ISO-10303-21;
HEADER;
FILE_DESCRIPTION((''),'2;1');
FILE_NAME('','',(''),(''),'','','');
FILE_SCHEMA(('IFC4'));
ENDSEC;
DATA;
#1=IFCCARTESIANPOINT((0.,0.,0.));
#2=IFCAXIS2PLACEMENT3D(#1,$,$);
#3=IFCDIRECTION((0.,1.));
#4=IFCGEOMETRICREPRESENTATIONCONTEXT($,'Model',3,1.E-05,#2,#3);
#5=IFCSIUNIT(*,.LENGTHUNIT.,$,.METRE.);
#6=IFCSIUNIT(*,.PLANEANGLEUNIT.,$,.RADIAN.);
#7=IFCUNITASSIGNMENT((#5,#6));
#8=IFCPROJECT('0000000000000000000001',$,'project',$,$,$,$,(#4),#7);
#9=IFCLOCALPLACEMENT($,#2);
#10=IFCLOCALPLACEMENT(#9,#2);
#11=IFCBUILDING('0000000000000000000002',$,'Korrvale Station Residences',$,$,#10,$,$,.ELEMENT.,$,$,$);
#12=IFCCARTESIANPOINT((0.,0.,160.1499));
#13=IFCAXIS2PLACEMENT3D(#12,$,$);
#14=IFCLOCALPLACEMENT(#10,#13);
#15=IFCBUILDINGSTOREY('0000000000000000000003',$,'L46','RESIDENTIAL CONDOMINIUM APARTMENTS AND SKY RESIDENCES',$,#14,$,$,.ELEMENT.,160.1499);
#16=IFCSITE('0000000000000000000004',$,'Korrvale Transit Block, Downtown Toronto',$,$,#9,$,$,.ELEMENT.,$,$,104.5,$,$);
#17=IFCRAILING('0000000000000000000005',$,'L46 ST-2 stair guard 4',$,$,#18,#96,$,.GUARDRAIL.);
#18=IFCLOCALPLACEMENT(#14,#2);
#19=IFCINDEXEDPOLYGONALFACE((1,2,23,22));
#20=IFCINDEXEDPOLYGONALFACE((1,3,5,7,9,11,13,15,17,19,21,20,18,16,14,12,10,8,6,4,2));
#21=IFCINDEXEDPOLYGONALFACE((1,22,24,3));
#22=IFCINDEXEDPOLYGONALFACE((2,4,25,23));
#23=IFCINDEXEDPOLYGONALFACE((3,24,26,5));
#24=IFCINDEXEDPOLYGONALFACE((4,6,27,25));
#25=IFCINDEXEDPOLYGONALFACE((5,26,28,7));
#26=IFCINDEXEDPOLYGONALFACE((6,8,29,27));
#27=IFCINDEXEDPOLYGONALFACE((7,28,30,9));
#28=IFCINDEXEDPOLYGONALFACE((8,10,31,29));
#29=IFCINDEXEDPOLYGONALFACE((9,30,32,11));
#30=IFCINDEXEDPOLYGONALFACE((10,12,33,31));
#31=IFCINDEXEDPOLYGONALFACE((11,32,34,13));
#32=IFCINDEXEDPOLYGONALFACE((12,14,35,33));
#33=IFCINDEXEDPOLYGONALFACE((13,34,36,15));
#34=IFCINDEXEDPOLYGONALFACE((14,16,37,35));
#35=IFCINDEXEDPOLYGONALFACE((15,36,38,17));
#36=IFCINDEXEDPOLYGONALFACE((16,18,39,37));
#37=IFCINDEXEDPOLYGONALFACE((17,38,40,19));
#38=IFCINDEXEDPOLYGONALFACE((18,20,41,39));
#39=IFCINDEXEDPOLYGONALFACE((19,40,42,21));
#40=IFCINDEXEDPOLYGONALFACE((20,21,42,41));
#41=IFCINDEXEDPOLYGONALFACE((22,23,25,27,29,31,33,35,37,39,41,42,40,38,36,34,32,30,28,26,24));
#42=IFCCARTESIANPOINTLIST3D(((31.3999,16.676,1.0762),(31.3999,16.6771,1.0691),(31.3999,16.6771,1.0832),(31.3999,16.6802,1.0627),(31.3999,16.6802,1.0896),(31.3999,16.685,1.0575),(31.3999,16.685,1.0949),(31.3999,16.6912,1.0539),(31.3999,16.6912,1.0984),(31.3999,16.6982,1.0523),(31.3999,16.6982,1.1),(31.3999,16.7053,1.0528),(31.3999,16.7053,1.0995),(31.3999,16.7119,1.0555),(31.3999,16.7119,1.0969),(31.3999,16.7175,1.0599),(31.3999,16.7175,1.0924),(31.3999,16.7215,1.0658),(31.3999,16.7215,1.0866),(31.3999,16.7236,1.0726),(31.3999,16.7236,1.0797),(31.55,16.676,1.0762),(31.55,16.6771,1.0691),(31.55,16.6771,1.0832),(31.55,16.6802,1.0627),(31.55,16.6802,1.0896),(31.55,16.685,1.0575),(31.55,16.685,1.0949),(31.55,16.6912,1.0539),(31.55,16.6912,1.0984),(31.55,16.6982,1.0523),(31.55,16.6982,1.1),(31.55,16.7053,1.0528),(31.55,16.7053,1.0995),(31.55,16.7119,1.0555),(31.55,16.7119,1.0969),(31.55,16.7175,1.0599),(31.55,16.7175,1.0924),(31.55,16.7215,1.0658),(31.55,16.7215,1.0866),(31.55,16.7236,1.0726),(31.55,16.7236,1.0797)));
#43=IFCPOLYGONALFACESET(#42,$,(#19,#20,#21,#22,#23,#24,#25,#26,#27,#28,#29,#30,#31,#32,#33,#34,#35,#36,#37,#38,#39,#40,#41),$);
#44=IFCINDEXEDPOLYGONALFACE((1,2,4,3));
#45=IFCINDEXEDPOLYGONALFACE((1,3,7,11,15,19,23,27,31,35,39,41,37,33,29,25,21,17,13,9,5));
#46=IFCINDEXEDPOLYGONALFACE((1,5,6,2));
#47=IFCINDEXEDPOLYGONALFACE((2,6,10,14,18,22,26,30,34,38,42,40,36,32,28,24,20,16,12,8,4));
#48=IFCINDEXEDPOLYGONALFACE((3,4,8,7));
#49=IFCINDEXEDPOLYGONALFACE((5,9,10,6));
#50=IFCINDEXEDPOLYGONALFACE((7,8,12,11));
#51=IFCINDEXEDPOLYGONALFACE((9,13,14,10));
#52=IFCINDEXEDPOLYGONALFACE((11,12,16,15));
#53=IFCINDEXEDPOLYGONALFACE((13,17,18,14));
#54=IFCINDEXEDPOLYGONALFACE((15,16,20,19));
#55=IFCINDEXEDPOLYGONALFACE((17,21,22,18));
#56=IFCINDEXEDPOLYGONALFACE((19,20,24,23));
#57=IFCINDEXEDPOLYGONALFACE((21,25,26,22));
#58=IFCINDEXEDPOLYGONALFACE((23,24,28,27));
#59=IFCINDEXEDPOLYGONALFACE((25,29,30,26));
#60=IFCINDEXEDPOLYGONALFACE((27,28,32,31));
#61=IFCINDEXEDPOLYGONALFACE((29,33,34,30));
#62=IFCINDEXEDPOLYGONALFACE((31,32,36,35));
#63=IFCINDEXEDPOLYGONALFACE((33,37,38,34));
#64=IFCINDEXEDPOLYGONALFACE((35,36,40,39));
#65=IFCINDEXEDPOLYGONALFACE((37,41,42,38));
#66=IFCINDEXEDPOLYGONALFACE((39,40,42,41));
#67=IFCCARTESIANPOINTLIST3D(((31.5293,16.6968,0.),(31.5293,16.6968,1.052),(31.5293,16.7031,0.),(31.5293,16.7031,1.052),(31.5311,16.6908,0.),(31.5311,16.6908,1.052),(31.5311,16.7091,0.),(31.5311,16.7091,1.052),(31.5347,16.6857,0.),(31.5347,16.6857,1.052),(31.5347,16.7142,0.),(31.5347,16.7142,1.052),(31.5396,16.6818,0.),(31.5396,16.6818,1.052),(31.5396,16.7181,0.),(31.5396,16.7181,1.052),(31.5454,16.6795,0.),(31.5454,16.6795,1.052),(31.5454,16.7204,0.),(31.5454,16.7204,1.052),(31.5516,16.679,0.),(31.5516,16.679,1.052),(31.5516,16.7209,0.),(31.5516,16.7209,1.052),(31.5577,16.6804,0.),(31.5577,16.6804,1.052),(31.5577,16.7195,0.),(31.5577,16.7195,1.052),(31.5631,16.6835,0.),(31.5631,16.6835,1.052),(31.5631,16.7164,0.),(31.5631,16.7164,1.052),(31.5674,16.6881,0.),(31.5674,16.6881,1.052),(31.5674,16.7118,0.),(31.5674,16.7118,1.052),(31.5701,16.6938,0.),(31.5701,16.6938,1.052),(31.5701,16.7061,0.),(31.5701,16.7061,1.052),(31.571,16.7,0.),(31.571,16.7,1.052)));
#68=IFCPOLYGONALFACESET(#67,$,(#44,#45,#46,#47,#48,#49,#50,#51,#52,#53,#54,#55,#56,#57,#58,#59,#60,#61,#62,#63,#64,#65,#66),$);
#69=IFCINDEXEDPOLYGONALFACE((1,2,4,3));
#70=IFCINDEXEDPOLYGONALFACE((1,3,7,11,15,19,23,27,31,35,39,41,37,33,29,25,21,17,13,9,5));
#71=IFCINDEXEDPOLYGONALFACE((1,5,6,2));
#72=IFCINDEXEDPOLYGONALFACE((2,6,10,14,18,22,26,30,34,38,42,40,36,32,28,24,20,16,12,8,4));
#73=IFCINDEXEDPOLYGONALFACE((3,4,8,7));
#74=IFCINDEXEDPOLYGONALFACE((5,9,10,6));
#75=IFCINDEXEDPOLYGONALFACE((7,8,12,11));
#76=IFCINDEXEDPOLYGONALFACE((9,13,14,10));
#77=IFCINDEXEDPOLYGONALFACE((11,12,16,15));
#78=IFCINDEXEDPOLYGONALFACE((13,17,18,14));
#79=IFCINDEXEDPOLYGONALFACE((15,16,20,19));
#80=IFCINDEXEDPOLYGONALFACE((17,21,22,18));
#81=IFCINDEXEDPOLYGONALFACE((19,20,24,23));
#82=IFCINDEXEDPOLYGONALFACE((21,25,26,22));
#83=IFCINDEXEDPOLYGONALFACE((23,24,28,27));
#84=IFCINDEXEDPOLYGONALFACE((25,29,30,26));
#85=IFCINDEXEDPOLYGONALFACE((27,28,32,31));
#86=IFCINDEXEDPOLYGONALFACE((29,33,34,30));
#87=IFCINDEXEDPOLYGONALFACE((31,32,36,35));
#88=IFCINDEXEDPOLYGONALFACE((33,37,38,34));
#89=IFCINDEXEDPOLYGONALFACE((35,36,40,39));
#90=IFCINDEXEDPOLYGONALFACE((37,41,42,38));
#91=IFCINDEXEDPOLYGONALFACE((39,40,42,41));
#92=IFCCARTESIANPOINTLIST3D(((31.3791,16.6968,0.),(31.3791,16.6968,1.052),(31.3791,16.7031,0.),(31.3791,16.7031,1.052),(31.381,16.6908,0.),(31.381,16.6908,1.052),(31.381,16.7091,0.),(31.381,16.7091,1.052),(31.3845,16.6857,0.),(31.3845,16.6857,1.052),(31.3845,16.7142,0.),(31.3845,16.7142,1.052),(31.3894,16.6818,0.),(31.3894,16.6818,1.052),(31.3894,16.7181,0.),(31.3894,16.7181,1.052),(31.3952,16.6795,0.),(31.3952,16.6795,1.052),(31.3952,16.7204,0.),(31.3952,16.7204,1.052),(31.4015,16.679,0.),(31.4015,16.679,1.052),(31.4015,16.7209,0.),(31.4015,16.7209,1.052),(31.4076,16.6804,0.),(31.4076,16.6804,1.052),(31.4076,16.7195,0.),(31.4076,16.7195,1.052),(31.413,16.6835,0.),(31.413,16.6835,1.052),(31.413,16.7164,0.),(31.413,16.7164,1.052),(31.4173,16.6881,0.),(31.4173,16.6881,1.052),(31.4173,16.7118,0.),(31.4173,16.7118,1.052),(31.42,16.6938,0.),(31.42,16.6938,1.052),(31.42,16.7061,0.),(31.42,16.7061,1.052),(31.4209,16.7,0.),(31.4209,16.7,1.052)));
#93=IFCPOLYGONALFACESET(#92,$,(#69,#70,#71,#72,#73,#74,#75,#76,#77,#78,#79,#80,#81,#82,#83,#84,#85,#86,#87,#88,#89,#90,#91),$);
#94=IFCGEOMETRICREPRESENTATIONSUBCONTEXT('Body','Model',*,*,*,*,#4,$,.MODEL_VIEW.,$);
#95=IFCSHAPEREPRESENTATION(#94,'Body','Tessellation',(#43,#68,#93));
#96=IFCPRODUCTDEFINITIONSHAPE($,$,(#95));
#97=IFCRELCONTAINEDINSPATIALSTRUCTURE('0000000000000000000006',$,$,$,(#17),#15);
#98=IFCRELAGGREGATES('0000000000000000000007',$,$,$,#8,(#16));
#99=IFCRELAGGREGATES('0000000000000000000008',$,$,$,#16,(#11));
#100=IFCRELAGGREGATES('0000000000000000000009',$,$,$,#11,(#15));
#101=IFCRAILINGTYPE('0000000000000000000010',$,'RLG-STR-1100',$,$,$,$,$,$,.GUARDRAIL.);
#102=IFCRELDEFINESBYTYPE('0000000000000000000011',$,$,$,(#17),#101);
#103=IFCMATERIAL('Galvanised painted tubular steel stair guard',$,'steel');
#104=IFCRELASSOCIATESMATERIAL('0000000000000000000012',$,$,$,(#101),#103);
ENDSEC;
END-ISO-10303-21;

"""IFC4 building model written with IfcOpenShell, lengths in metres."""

from ifc_helpers import new_model, si_unit, direction, frame, origin, origin_2d, place, context, subcontext, project, spatial, circle, extrude, material, type_object, element, save


model = new_model("IFC4")

# Units and contexts
model_context = context("Model", 3, precision=1e-05, world=origin(), true_north=direction((0.0, 1.0)))
body_context = subcontext(model_context, "Body", "Model", "MODEL_VIEW")
ifc_project = project(units=[si_unit("LENGTHUNIT", "METRE"), si_unit("PLANEANGLEUNIT", "RADIAN")], contexts=[model_context])

# Site, building, storey
site_placement = place(None, origin())
site = spatial("IfcSite", under=ifc_project, at=site_placement, Name="Korrvale Transit Block, Downtown Toronto", CompositionType="ELEMENT", RefElevation=104.5)
building_placement = place(site_placement, origin())
building = spatial("IfcBuilding", under=site, at=building_placement, Name="Korrvale Station Residences", CompositionType="ELEMENT")
storey_placement = place(building_placement, frame((0.0, 0.0, 160.1499)))
storey = spatial("IfcBuildingStorey", under=building, at=storey_placement, Name="L46", Description="RESIDENTIAL CONDOMINIUM APARTMENTS AND SKY RESIDENCES", CompositionType="ELEMENT", Elevation=160.1499)

# Railing
ifc_material_1 = material(Name="Galvanised painted tubular steel stair guard", Category="steel")
railing_type_1 = type_object("IfcRailingType", Name="RLG-STR-1100", PredefinedType="GUARDRAIL", material=ifc_material_1)
railing_1_placement = place(storey_placement, frame((31.55, 16.7, 0.0)))
element("IfcRailing", 1, at=railing_1_placement, inside=storey, type_object=railing_type_1, Name="L46 ST-2 stair guard 4", PredefinedType="GUARDRAIL", context=body_context, shape_type="SweptSolid", body=[
    extrude(circle(Radius=0.0239, at=origin_2d()), frame((0.0, 0.0, 1.0762), z_axis=(-1.0, 0.0, 0.0), x_axis=(0.0, -1.0, 0.0)), (0.0, 0.0, 1.0), 0.1501),
    extrude(circle(Radius=0.021, at=origin_2d()), origin(), (0.0, 0.0, 1.0), 1.052),
    extrude(circle(Radius=0.021, at=origin_2d()), frame((-0.1501, 0.0, 0.0)), (0.0, 0.0, 1.0), 1.052),
])

save(model, "model.ifc")
